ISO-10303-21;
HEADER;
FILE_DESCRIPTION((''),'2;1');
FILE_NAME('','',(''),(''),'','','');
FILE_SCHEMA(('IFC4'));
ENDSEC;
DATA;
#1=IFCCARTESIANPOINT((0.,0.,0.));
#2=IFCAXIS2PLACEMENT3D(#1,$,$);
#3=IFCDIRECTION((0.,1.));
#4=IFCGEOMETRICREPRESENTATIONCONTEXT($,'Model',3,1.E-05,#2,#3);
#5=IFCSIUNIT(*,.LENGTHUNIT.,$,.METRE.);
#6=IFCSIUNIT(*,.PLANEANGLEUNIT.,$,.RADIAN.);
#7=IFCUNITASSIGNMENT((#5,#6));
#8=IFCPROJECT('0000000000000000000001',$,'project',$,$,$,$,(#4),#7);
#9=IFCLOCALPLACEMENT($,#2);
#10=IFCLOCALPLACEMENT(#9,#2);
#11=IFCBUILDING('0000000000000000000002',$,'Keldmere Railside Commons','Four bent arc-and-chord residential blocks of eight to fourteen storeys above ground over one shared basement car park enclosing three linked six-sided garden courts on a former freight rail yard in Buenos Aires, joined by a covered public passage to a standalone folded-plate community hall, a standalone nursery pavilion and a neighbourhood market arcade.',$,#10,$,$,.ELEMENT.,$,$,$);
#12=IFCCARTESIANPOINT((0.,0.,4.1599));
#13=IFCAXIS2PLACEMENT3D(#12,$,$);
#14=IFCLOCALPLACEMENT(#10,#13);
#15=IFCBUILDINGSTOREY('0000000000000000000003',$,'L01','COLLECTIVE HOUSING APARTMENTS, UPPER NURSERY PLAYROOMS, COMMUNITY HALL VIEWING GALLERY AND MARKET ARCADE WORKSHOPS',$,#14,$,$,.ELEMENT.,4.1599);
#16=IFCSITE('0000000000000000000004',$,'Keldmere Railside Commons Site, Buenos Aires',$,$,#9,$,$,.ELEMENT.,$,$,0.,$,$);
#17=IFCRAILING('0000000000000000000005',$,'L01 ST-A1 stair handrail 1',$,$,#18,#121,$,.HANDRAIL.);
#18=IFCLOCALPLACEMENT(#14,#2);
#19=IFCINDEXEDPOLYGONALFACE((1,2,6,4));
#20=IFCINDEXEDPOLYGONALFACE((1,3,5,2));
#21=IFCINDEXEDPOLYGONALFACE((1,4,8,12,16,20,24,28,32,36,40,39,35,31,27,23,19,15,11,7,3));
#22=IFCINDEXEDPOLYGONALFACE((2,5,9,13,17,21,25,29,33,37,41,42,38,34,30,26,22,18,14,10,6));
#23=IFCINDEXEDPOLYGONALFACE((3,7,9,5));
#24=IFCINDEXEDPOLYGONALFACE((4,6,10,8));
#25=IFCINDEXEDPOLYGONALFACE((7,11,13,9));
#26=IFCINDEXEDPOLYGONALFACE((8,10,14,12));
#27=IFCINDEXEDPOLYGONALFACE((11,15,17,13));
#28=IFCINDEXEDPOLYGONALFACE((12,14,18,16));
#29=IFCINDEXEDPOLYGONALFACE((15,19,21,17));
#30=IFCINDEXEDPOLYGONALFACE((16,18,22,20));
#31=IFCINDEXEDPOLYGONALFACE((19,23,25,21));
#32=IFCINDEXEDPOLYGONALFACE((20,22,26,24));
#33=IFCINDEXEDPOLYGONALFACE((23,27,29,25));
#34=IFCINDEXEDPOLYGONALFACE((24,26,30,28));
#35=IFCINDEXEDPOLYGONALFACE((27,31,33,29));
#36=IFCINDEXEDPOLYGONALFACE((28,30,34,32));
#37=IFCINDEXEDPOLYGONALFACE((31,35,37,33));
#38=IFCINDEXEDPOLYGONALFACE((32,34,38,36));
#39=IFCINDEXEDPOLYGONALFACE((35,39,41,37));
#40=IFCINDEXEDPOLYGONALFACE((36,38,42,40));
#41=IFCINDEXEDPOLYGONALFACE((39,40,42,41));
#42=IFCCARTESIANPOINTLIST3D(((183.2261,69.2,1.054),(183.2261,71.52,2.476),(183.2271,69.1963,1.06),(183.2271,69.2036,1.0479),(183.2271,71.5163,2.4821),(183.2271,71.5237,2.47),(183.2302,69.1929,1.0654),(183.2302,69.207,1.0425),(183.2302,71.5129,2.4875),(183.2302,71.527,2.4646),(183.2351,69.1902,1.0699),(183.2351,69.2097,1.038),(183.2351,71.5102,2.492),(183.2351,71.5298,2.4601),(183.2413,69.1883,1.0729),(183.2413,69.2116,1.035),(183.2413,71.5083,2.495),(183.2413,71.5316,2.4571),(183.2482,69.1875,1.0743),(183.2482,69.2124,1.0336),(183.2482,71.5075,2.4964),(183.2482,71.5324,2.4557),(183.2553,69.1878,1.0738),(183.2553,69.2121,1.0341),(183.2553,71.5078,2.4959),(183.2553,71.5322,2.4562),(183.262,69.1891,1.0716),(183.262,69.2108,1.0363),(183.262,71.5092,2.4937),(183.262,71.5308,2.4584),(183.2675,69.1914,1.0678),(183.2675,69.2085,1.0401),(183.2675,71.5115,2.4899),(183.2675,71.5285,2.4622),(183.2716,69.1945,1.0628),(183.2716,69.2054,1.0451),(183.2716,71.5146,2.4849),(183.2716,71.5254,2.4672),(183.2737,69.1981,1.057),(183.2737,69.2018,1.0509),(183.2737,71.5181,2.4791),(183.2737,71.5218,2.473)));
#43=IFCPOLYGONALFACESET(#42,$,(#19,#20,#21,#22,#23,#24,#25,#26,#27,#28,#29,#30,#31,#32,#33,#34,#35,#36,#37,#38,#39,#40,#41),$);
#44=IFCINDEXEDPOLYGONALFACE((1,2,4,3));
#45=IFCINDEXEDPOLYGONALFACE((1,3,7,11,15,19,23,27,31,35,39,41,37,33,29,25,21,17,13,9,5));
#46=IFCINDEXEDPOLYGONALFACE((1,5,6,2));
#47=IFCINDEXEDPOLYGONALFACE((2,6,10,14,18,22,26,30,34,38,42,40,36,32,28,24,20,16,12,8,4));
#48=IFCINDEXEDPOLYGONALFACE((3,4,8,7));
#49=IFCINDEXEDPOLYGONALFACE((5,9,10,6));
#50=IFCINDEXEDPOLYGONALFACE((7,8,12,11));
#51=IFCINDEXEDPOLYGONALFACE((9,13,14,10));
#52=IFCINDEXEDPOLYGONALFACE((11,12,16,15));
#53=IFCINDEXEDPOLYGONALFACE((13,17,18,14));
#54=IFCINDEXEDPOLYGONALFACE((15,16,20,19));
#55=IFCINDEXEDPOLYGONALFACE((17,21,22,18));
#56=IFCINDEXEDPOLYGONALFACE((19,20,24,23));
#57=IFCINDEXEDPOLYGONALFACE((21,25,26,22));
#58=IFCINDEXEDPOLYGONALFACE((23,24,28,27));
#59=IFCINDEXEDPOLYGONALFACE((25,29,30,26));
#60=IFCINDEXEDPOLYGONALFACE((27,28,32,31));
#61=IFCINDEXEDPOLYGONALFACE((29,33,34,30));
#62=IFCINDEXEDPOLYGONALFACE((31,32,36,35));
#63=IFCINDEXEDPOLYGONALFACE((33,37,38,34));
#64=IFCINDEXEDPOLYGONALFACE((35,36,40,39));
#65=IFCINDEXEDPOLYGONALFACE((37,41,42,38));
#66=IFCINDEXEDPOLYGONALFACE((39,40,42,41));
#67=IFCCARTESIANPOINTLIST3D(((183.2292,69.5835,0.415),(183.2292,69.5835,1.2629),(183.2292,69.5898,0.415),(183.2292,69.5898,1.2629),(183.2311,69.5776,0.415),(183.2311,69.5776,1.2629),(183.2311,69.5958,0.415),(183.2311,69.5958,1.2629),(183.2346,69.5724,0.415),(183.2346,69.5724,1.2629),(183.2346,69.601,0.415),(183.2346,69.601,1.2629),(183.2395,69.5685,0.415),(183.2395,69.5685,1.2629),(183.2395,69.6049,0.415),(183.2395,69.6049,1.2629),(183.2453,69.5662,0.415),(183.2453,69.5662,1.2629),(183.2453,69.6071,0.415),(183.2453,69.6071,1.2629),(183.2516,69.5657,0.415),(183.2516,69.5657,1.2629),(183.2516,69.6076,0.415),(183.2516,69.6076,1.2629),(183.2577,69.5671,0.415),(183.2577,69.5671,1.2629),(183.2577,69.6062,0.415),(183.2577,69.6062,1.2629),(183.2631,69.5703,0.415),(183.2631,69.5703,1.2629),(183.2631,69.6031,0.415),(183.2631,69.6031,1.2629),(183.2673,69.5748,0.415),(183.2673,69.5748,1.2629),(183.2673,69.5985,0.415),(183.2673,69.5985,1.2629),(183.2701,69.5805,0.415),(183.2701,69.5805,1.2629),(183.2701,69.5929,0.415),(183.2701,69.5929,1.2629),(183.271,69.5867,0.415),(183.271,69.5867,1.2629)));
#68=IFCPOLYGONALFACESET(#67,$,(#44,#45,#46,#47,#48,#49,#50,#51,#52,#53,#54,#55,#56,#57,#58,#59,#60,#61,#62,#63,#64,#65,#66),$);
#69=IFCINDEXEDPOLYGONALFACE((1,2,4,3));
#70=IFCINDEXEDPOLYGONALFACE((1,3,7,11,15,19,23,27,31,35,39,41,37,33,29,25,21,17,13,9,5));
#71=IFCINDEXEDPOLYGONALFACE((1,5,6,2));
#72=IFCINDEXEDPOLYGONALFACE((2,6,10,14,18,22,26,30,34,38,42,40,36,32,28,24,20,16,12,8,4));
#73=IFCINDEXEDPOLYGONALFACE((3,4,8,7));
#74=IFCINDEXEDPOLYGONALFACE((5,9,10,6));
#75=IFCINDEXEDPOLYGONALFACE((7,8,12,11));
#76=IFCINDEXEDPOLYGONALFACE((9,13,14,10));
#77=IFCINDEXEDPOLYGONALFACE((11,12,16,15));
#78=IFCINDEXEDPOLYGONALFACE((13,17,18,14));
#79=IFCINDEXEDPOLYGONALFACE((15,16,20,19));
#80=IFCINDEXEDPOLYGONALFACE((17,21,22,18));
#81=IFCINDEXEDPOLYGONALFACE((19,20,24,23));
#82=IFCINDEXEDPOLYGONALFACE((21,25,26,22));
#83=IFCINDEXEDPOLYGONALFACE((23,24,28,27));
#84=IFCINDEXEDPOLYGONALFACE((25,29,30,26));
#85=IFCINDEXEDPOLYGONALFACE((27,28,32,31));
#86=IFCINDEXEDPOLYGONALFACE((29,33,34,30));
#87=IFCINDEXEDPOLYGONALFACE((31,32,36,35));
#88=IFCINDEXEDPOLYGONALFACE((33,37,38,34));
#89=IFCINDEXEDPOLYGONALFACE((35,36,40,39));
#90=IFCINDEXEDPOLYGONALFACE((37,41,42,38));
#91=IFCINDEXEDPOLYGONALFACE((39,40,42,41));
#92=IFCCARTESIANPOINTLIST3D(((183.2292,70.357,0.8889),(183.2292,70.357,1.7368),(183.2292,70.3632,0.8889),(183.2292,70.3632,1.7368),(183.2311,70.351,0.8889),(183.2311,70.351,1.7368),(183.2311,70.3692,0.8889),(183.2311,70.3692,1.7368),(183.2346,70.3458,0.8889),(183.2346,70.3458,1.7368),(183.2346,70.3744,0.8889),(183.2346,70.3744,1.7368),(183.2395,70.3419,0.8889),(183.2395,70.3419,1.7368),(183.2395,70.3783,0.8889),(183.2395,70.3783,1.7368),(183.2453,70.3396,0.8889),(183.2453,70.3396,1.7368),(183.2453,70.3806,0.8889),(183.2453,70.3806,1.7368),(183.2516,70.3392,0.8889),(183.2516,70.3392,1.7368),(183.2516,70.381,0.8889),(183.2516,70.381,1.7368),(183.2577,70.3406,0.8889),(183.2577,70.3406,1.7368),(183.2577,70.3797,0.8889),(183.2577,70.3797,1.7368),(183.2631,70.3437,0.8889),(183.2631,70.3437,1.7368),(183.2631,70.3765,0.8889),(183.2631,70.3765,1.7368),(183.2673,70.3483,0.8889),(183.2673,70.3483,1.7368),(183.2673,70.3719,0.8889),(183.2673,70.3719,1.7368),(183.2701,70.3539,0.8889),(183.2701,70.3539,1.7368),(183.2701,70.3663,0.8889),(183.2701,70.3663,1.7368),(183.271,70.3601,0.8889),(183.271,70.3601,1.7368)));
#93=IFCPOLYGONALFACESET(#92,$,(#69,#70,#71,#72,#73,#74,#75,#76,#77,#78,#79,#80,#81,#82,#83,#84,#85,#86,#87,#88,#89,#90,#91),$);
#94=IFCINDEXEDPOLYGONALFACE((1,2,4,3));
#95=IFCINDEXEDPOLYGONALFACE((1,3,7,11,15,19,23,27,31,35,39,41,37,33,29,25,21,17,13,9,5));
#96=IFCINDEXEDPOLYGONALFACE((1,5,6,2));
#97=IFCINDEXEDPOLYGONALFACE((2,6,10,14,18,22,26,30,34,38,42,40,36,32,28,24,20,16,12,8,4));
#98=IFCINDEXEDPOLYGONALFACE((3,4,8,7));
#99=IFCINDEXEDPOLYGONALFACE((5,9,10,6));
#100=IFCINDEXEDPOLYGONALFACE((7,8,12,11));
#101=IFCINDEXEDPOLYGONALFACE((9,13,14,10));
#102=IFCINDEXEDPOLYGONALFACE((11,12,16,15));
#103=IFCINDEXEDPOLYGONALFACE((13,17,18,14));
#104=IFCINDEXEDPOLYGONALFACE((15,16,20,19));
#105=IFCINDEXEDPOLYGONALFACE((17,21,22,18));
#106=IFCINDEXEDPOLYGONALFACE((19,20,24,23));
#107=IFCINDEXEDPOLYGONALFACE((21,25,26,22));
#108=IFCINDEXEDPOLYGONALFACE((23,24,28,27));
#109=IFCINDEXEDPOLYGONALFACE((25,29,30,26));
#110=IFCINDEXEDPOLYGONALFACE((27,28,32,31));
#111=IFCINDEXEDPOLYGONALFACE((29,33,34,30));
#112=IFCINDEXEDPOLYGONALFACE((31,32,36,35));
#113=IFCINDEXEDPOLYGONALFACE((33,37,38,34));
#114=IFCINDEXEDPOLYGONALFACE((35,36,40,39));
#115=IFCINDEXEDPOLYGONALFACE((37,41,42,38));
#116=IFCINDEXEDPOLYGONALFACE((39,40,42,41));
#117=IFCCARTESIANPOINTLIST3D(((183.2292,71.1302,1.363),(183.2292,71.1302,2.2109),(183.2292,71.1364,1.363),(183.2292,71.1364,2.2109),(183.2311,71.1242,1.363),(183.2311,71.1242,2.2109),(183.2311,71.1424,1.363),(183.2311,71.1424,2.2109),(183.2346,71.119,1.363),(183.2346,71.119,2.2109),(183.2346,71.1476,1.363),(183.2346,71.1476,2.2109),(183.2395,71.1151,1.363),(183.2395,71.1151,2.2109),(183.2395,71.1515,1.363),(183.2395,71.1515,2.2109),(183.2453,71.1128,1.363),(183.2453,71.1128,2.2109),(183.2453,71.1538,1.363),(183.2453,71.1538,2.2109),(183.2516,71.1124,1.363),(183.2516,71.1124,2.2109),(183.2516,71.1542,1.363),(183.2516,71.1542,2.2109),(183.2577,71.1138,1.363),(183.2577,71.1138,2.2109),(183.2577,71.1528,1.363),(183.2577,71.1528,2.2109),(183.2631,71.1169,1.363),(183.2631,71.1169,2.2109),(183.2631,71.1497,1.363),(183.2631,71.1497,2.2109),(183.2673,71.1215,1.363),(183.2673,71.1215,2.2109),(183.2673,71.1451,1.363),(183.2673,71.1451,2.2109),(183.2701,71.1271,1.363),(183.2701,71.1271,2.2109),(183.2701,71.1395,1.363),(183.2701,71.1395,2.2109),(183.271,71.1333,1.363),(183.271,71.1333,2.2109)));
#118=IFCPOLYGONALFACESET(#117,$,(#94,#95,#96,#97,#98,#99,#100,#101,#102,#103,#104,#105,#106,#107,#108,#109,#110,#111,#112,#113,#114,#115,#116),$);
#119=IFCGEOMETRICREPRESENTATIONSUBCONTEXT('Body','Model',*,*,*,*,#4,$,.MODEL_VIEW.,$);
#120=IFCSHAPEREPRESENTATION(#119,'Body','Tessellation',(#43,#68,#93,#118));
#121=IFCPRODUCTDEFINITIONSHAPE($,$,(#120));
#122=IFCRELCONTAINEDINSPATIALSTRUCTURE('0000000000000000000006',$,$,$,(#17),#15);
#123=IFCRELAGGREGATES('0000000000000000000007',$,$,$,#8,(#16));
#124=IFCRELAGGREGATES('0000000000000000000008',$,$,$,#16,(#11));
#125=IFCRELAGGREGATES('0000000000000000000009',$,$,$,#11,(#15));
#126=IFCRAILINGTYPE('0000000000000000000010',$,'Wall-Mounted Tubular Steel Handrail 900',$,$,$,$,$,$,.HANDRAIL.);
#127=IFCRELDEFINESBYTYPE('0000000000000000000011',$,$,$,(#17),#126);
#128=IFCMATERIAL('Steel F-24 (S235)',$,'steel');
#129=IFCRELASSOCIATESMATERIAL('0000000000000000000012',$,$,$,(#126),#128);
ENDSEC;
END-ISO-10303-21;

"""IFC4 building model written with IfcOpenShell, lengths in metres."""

from ifc_helpers import new_model, si_unit, direction, frame, origin, origin_2d, place, context, subcontext, project, spatial, circle, extrude, material, type_object, element, save


model = new_model("IFC4")

# Units and contexts
model_context = context("Model", 3, precision=1e-05, world=origin(), true_north=direction((0.0, 1.0)))
body_context = subcontext(model_context, "Body", "Model", "MODEL_VIEW")
ifc_project = project(units=[si_unit("LENGTHUNIT", "METRE"), si_unit("PLANEANGLEUNIT", "RADIAN")], contexts=[model_context])

# Site, building, storey
site_placement = place(None, origin())
site = spatial("IfcSite", under=ifc_project, at=site_placement, Name="Keldmere Railside Commons Site, Buenos Aires", CompositionType="ELEMENT", RefElevation=0.0)
building_placement = place(site_placement, origin())
building = spatial("IfcBuilding", under=site, at=building_placement, Name="Keldmere Railside Commons", Description="Four bent arc-and-chord residential blocks of eight to fourteen storeys above ground over one shared basement car park enclosing three linked six-sided garden courts on a former freight rail yard in Buenos Aires, joined by a covered public passage to a standalone folded-plate community hall, a standalone nursery pavilion and a neighbourhood market arcade.", CompositionType="ELEMENT")
storey_placement = place(building_placement, frame((0.0, 0.0, 4.1599)))
storey = spatial("IfcBuildingStorey", under=building, at=storey_placement, Name="L01", Description="COLLECTIVE HOUSING APARTMENTS, UPPER NURSERY PLAYROOMS, COMMUNITY HALL VIEWING GALLERY AND MARKET ARCADE WORKSHOPS", CompositionType="ELEMENT", Elevation=4.1599)

# Railing
ifc_material_1 = material(Name="Steel F-24 (S235)", Category="steel")
railing_type_1 = type_object("IfcRailingType", Name="Wall-Mounted Tubular Steel Handrail 900", PredefinedType="HANDRAIL", material=ifc_material_1)
railing_1_placement = place(storey_placement, frame((183.25, 69.2, 0.178)))
element("IfcRailing", 1, at=railing_1_placement, inside=storey, type_object=railing_type_1, Name="L01 ST-A1 stair handrail 1", PredefinedType="HANDRAIL", context=body_context, shape_type="SweptSolid", body=[
    extrude(circle(Radius=0.0239, at=origin_2d()), frame((0.0, 0.0, 0.876), z_axis=(0.0, 0.852578, 0.5226), x_axis=(-1.0, 0.0, 0.0)), (0.0, 0.0, 1.0), 2.7212),
    extrude(circle(Radius=0.021, at=origin_2d()), frame((0.0, 0.3867, 0.2371)), (0.0, 0.0, 1.0), 0.8479),
    extrude(circle(Radius=0.021, at=origin_2d()), frame((0.0, 1.1602, 0.7109)), (0.0, 0.0, 1.0), 0.8479),
    extrude(circle(Radius=0.021, at=origin_2d()), frame((0.0, 1.9333, 1.1851)), (0.0, 0.0, 1.0), 0.8479),
])

save(model, "model.ifc")
